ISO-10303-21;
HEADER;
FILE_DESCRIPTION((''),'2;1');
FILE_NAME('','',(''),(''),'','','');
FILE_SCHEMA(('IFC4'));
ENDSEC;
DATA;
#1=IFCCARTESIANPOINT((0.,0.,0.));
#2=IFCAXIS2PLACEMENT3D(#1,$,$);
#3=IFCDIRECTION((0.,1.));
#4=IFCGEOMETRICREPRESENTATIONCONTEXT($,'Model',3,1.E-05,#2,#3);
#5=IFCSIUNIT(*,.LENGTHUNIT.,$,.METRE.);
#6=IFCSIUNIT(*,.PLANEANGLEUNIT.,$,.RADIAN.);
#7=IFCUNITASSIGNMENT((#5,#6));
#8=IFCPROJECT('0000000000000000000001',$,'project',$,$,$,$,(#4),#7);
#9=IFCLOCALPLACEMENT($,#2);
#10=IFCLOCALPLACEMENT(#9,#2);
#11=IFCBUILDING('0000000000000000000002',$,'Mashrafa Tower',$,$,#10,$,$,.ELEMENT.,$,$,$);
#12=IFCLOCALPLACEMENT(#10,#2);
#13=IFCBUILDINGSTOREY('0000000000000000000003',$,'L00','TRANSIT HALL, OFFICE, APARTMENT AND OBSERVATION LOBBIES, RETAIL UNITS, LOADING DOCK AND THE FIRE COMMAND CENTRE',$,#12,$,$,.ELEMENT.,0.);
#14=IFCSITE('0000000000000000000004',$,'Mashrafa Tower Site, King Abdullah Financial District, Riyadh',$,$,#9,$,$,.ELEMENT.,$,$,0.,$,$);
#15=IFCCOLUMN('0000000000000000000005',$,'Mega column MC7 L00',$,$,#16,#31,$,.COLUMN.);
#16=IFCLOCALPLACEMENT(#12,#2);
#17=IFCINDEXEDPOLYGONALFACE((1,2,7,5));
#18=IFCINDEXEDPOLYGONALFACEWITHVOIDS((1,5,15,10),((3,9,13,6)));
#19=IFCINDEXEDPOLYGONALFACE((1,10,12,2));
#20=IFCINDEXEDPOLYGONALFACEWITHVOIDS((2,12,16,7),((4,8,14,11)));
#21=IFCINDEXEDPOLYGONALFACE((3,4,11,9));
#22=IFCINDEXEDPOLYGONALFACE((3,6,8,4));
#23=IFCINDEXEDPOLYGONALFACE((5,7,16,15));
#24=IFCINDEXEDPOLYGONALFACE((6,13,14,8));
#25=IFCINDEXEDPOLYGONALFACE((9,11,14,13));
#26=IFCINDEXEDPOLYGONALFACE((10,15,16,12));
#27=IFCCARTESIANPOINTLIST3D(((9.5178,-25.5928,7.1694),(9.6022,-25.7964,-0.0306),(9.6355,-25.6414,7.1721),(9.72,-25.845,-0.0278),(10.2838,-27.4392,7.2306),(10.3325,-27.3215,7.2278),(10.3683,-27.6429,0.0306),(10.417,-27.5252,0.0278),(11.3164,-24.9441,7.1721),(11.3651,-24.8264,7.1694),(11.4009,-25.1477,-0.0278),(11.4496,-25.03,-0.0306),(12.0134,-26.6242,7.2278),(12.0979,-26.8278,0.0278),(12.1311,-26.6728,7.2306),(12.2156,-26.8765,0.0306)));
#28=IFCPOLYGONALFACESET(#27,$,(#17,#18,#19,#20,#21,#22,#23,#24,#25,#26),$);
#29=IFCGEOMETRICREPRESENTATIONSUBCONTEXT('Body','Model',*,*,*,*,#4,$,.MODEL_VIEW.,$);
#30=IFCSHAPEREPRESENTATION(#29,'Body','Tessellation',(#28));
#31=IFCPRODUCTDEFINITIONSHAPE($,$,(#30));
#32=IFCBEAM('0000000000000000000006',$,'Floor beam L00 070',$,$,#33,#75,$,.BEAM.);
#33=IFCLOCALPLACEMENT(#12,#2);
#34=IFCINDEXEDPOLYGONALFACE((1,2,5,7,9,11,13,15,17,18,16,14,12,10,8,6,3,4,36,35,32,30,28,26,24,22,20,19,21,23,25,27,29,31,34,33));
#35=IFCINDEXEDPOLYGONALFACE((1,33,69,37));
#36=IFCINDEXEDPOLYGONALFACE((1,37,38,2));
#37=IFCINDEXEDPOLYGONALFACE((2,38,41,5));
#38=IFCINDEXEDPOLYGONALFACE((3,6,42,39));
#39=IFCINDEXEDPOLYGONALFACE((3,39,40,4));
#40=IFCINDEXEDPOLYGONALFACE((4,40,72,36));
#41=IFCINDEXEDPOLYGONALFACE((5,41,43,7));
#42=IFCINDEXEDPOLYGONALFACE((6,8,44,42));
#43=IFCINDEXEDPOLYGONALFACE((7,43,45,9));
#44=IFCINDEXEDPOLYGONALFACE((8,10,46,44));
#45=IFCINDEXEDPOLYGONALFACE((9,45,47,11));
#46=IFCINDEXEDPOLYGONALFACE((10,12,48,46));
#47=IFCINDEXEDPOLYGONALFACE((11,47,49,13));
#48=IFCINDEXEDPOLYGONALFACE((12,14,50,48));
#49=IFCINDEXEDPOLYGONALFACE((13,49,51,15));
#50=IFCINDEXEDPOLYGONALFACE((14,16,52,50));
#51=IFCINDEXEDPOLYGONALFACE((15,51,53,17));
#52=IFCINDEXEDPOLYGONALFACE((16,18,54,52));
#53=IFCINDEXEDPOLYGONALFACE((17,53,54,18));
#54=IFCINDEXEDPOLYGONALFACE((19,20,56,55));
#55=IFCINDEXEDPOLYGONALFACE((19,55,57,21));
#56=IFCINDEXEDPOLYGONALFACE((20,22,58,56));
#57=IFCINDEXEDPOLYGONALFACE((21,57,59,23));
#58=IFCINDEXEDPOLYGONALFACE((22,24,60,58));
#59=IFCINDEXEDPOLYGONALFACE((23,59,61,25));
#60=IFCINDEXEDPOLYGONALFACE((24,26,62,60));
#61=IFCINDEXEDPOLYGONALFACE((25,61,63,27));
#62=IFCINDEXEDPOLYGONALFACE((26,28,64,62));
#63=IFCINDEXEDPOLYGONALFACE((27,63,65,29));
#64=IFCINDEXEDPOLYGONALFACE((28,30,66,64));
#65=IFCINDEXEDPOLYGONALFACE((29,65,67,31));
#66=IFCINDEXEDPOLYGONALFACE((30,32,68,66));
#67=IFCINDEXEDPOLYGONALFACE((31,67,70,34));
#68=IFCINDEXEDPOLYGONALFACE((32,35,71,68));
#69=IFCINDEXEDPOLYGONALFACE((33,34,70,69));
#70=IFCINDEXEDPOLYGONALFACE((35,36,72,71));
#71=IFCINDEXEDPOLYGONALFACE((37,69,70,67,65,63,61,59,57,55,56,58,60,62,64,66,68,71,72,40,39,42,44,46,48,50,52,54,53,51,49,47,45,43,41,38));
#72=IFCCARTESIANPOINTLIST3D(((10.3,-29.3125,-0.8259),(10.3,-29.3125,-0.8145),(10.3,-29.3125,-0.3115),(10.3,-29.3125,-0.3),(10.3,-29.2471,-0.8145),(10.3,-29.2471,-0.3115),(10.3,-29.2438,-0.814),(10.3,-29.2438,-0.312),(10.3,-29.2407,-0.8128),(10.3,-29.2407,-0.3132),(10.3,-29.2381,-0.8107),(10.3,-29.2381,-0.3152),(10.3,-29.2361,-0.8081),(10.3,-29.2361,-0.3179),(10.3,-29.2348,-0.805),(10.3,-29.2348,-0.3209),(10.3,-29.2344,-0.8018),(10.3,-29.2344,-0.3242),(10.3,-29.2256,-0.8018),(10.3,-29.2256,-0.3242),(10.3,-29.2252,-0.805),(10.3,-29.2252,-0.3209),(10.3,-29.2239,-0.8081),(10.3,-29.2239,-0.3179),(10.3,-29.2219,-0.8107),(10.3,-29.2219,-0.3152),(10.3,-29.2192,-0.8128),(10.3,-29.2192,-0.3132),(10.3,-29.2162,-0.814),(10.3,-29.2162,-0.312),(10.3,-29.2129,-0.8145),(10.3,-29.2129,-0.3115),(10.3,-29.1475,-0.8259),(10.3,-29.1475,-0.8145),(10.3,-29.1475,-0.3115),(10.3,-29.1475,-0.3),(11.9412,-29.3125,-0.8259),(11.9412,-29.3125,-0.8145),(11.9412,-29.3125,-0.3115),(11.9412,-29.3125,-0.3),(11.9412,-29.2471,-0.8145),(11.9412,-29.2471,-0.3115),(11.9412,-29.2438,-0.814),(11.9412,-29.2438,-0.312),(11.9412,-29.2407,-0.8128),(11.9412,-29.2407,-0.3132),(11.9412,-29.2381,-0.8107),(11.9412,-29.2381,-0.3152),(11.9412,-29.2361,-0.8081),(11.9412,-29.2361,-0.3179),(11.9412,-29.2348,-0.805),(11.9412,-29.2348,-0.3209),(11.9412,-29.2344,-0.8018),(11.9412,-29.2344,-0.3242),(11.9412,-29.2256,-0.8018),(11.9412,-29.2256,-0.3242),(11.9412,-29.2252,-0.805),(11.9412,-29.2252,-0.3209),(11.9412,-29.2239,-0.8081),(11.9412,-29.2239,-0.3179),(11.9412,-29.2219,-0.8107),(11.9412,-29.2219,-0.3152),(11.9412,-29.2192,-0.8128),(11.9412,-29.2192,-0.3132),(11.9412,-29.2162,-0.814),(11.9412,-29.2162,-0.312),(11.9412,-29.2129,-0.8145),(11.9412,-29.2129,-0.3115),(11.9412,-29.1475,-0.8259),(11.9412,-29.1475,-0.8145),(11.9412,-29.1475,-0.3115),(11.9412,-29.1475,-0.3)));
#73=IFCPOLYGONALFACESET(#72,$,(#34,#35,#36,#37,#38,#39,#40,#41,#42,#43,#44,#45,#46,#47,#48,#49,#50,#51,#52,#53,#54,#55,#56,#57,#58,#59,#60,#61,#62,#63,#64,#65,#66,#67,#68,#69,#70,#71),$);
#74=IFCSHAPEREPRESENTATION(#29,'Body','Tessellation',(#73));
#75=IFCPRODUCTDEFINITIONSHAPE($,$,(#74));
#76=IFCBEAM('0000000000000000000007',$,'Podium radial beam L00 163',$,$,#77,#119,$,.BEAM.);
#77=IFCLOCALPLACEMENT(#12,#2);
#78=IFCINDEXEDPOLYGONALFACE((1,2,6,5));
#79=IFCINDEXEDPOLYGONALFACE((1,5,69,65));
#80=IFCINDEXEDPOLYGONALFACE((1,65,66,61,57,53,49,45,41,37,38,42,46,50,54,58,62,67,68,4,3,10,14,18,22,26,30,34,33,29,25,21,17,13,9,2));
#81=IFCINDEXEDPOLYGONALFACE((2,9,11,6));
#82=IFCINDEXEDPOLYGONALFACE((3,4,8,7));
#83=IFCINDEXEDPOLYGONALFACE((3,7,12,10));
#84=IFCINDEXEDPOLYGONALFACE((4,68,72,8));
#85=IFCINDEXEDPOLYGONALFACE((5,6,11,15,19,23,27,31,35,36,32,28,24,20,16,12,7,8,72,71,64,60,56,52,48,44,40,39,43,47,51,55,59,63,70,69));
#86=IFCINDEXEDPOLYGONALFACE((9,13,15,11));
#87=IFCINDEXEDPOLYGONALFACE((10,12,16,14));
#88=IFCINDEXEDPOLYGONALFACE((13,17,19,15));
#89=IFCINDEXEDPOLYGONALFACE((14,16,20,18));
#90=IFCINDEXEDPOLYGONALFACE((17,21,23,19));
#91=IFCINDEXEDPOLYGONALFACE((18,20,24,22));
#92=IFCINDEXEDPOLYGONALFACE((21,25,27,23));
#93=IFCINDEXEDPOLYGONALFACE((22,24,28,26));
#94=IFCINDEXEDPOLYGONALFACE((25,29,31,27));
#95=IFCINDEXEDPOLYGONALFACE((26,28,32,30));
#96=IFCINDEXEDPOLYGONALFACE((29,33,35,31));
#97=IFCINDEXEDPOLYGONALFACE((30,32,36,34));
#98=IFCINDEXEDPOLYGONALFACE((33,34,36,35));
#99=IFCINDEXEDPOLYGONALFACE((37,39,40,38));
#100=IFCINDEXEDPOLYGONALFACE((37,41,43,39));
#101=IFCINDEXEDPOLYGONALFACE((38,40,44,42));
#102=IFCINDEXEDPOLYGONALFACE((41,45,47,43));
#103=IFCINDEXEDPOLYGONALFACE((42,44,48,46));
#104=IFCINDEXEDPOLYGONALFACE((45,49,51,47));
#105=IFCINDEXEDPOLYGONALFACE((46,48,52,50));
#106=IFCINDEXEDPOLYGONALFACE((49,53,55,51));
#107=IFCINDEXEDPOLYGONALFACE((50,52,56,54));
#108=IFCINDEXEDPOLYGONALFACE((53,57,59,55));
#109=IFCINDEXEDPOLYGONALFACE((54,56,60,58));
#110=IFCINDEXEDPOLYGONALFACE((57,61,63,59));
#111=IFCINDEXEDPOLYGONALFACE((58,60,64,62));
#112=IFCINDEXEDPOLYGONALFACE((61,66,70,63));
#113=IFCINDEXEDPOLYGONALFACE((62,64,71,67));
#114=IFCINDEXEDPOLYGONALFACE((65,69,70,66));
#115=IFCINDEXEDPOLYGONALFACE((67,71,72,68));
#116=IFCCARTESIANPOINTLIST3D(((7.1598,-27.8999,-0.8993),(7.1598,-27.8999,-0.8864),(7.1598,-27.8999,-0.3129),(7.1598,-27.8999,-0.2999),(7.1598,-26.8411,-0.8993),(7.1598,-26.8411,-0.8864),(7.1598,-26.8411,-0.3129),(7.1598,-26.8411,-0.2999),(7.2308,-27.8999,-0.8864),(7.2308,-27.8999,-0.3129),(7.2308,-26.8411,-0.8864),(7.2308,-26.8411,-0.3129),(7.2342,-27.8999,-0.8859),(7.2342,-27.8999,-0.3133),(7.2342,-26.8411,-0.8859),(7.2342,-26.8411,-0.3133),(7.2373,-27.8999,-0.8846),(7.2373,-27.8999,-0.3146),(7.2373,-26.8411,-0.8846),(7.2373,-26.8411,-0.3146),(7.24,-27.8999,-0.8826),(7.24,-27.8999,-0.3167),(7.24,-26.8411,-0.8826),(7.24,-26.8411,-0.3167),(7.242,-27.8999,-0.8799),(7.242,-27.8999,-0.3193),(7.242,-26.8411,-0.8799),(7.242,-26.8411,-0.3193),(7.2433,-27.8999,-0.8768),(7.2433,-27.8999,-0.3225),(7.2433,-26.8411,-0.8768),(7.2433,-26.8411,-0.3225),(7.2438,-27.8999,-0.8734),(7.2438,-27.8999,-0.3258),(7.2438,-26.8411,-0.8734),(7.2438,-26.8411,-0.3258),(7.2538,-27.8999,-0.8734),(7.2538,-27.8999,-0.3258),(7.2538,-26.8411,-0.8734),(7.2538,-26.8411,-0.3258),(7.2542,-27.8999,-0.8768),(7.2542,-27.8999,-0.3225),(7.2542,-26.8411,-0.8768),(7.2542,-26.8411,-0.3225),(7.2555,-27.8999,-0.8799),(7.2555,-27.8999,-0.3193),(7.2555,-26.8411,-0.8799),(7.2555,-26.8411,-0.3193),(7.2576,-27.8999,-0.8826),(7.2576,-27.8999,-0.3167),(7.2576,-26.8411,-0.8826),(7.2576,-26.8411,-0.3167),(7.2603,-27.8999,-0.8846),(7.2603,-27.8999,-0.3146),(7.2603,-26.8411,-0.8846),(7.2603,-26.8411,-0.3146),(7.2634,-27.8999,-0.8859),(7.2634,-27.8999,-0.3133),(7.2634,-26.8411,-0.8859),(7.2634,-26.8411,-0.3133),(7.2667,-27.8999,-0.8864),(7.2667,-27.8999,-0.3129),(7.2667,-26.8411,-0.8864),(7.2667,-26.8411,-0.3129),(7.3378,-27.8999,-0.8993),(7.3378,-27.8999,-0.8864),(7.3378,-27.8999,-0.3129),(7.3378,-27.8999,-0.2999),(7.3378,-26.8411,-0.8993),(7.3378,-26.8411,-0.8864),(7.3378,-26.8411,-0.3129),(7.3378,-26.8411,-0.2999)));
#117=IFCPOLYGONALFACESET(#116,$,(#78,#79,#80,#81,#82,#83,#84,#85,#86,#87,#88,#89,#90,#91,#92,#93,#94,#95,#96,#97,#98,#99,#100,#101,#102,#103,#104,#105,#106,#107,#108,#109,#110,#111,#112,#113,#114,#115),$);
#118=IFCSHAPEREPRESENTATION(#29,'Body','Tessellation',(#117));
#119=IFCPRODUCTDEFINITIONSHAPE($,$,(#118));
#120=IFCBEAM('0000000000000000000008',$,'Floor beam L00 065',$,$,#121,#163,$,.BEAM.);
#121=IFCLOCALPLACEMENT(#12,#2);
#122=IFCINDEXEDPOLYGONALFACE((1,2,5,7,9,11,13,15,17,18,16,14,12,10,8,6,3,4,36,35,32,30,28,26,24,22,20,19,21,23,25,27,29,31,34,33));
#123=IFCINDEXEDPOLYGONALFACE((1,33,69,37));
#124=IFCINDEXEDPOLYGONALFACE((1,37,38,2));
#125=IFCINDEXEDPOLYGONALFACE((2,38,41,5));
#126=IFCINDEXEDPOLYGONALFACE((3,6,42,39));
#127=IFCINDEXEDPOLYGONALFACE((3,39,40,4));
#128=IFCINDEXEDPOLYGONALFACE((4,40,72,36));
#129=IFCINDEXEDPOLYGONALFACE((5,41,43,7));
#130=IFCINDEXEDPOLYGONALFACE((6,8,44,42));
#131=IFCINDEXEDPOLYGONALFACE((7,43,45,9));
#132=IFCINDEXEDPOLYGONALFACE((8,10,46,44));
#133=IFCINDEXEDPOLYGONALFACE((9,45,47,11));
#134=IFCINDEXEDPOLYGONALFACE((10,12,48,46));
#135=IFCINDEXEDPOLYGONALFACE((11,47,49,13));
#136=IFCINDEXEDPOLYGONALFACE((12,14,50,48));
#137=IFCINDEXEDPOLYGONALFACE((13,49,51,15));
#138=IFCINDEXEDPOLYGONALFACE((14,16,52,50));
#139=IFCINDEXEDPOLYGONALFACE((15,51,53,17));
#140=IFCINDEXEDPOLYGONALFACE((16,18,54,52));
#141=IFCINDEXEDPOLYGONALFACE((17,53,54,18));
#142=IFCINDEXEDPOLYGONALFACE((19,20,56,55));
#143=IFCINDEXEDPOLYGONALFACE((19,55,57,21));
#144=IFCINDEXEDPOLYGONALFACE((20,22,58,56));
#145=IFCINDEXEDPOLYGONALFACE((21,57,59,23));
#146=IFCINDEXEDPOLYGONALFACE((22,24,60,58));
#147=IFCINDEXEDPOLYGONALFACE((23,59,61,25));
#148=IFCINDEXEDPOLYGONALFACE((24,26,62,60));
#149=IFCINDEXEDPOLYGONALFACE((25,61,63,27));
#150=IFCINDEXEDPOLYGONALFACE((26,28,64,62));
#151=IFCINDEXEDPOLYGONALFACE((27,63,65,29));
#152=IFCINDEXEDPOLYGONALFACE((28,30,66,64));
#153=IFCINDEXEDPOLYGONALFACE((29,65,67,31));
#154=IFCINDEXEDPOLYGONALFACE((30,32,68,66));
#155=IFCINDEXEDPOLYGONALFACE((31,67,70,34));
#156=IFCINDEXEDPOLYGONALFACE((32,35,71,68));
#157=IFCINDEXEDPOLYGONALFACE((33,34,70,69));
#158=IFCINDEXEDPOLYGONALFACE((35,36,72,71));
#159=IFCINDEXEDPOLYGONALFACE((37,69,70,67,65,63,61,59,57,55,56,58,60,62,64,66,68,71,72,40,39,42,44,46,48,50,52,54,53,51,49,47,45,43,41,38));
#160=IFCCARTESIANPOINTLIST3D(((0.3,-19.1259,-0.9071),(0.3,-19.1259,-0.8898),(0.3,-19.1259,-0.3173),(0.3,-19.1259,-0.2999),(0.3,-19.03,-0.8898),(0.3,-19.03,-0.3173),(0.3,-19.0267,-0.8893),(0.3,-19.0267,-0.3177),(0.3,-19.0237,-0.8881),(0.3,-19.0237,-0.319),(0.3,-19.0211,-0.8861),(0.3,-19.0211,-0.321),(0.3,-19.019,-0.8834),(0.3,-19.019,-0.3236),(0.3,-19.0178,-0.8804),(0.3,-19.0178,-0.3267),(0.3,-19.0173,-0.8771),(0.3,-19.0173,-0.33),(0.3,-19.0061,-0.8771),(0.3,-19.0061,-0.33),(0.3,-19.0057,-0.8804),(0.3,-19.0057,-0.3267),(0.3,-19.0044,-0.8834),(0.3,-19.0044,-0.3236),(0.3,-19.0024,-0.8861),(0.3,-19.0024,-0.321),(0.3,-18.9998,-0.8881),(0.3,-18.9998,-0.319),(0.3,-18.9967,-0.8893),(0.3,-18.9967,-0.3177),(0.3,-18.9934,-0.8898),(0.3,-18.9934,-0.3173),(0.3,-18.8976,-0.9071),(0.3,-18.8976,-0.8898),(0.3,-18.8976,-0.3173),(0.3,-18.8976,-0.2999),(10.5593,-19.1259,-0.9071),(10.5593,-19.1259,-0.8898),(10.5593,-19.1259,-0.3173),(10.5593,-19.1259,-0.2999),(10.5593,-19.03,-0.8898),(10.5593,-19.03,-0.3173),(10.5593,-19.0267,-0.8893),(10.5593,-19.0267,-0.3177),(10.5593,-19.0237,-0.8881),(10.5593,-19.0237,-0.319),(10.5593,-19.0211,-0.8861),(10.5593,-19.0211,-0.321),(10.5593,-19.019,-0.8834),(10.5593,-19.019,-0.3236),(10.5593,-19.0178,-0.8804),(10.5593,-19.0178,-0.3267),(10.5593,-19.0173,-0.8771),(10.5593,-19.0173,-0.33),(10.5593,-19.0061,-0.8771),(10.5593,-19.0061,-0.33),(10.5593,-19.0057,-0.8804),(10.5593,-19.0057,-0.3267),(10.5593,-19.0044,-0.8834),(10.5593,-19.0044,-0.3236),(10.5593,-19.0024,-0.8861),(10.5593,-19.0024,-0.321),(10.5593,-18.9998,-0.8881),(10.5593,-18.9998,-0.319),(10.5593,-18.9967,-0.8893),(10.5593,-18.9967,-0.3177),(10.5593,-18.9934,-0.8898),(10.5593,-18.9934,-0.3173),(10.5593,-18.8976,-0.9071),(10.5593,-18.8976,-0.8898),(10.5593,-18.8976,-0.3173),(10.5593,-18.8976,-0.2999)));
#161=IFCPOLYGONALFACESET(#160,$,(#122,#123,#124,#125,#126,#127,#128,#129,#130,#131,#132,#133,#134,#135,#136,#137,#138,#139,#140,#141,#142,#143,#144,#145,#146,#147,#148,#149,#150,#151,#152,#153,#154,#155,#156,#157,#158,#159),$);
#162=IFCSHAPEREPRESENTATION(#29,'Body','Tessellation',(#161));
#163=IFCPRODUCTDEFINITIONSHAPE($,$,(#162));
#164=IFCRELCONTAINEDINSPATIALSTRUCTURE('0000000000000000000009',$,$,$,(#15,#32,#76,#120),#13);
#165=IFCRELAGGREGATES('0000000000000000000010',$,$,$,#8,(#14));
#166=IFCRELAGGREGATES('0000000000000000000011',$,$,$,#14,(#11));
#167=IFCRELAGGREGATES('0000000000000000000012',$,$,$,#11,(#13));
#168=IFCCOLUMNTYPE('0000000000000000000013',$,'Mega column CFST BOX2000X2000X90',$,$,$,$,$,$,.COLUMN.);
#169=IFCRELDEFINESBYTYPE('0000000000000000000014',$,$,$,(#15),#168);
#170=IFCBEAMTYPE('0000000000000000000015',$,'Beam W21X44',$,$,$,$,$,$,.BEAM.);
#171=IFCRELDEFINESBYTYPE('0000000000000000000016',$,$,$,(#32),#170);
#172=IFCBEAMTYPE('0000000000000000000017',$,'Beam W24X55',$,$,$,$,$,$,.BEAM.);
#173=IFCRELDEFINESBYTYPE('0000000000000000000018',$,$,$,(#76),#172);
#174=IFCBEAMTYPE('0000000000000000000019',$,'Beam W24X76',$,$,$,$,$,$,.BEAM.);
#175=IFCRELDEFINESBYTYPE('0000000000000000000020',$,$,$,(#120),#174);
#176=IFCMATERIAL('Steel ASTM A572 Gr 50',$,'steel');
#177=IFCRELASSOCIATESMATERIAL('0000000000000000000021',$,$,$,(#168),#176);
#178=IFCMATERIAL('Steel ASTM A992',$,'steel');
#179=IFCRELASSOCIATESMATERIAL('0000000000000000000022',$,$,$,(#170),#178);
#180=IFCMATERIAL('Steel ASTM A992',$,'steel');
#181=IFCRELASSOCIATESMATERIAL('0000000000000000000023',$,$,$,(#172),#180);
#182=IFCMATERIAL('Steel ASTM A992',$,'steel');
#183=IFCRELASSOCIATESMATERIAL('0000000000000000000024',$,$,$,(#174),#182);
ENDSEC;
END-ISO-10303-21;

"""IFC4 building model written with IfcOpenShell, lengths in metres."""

from ifc_helpers import new_model, si_unit, direction, frame, origin, origin_2d, place, context, subcontext, project, spatial, hollow_rectangle, i_section, extrude, material, material_profile, profile_set, type_object, element, save


model = new_model("IFC4")

# Units and contexts
model_context = context("Model", 3, precision=1e-05, world=origin(), true_north=direction((0.0, 1.0)))
body_context = subcontext(model_context, "Body", "Model", "MODEL_VIEW")
ifc_project = project(units=[si_unit("LENGTHUNIT", "METRE"), si_unit("PLANEANGLEUNIT", "RADIAN")], contexts=[model_context])

# Site, building, storey
site_placement = place(None, origin())
site = spatial("IfcSite", under=ifc_project, at=site_placement, Name="Mashrafa Tower Site, King Abdullah Financial District, Riyadh", CompositionType="ELEMENT", RefElevation=0.0)
building_placement = place(site_placement, origin())
building = spatial("IfcBuilding", under=site, at=building_placement, Name="Mashrafa Tower", CompositionType="ELEMENT")
storey_placement = place(building_placement, origin())
storey = spatial("IfcBuildingStorey", under=building, at=storey_placement, Name="L00", Description="TRANSIT HALL, OFFICE, APARTMENT AND OBSERVATION LOBBIES, RETAIL UNITS, LOADING DOCK AND THE FIRE COMMAND CENTRE", CompositionType="ELEMENT", Elevation=0.0)

# Column
ifc_material_1 = material(Name="Steel ASTM A572 Gr 50", Category="steel")
ifc_material_profile_1 = material_profile(ifc_material_1, hollow_rectangle(XDim=2.0, YDim=2.0, WallThickness=0.0901, at=origin_2d()), Name="BOX2000X2000X90")
ifc_profile_set_1 = profile_set([ifc_material_profile_1], Name="Steel ASTM A572 Gr 50")
column_type = type_object("IfcColumnType", Name="Mega column CFST BOX2000X2000X90", PredefinedType="COLUMN", material=ifc_profile_set_1)
column_placement = place(storey_placement, frame((10.9089, -26.3364, 0.0), z_axis=(-0.011727, 0.028267, 0.999532), x_axis=(-0.923666, -0.383199, 0.0)))
element("IfcColumn", 1, at=column_placement, inside=storey, type_object=column_type, Name="Mega column MC7 L00", PredefinedType="COLUMN", context=body_context, shape_type="SweptSolid", body=[
    extrude(hollow_rectangle(XDim=2.0, YDim=2.0, WallThickness=0.0901, at=origin_2d()), origin(), (0.0, 0.0, 1.0), 7.2034),
])

# Beams
ifc_material_2 = material(Name="Steel ASTM A992", Category="steel")
ifc_material_profile_2 = material_profile(ifc_material_2, i_section(OverallWidth=0.165, OverallDepth=0.5259, WebThickness=0.0088, FlangeThickness=0.0115, FilletRadius=0.0127, at=origin_2d()), Name="W21X44")
ifc_profile_set_2 = profile_set([ifc_material_profile_2], Name="Steel ASTM A992")
beam_type_1 = type_object("IfcBeamType", Name="Beam W21X44", PredefinedType="BEAM", material=ifc_profile_set_2)
beam_1_placement = place(storey_placement, frame((11.9412, -29.23, -0.563), z_axis=(-1.0, 0.0, 0.0), x_axis=(0.0, -1.0, 0.0)))
element("IfcBeam", 2, at=beam_1_placement, inside=storey, type_object=beam_type_1, Name="Floor beam L00 070", PredefinedType="BEAM", context=body_context, shape_type="SweptSolid", body=[
    extrude(i_section(OverallWidth=0.165, OverallDepth=0.5259, WebThickness=0.0088, FlangeThickness=0.0115, FilletRadius=0.0127, at=origin_2d()), origin(), (0.0, 0.0, 1.0), 1.6411),
])
ifc_material_3 = material(Name="Steel ASTM A992", Category="steel")
ifc_material_profile_3 = material_profile(ifc_material_3, i_section(OverallWidth=0.178, OverallDepth=0.5994, WebThickness=0.01, FlangeThickness=0.0129, FilletRadius=0.0129, at=origin_2d()), Name="W24X55")
ifc_profile_set_3 = profile_set([ifc_material_profile_3], Name="Steel ASTM A992")
beam_type_2 = type_object("IfcBeamType", Name="Beam W24X55", PredefinedType="BEAM", material=ifc_profile_set_3)
beam_2_placement = place(storey_placement, frame((7.2488, -26.8411, -0.5996), z_axis=(0.0, -1.0, 0.0), x_axis=(1.0, 0.0, 0.0)))
element("IfcBeam", 3, at=beam_2_placement, inside=storey, type_object=beam_type_2, Name="Podium radial beam L00 163", PredefinedType="BEAM", context=body_context, shape_type="SweptSolid", body=[
    extrude(i_section(OverallWidth=0.178, OverallDepth=0.5994, WebThickness=0.01, FlangeThickness=0.0129, FilletRadius=0.0129, at=origin_2d()), origin(), (0.0, 0.0, 1.0), 1.0588),
])
ifc_material_4 = material(Name="Steel ASTM A992", Category="steel")
ifc_material_profile_4 = material_profile(ifc_material_4, i_section(OverallWidth=0.2283, OverallDepth=0.6072, WebThickness=0.0112, FlangeThickness=0.0173, FilletRadius=0.0127, at=origin_2d()), Name="W24X76")
ifc_profile_set_4 = profile_set([ifc_material_profile_4], Name="Steel ASTM A992")
beam_type_3 = type_object("IfcBeamType", Name="Beam W24X76", PredefinedType="BEAM", material=ifc_profile_set_4)
beam_3_placement = place(storey_placement, frame((10.5593, -19.0117, -0.6035), z_axis=(-1.0, 0.0, 0.0), x_axis=(0.0, -1.0, 0.0)))
element("IfcBeam", 4, at=beam_3_placement, inside=storey, type_object=beam_type_3, Name="Floor beam L00 065", PredefinedType="BEAM", context=body_context, shape_type="SweptSolid", body=[
    extrude(i_section(OverallWidth=0.2283, OverallDepth=0.6072, WebThickness=0.0112, FlangeThickness=0.0173, FilletRadius=0.0127, at=origin_2d()), origin(), (0.0, 0.0, 1.0), 10.2593),
])

save(model, "model.ifc")
